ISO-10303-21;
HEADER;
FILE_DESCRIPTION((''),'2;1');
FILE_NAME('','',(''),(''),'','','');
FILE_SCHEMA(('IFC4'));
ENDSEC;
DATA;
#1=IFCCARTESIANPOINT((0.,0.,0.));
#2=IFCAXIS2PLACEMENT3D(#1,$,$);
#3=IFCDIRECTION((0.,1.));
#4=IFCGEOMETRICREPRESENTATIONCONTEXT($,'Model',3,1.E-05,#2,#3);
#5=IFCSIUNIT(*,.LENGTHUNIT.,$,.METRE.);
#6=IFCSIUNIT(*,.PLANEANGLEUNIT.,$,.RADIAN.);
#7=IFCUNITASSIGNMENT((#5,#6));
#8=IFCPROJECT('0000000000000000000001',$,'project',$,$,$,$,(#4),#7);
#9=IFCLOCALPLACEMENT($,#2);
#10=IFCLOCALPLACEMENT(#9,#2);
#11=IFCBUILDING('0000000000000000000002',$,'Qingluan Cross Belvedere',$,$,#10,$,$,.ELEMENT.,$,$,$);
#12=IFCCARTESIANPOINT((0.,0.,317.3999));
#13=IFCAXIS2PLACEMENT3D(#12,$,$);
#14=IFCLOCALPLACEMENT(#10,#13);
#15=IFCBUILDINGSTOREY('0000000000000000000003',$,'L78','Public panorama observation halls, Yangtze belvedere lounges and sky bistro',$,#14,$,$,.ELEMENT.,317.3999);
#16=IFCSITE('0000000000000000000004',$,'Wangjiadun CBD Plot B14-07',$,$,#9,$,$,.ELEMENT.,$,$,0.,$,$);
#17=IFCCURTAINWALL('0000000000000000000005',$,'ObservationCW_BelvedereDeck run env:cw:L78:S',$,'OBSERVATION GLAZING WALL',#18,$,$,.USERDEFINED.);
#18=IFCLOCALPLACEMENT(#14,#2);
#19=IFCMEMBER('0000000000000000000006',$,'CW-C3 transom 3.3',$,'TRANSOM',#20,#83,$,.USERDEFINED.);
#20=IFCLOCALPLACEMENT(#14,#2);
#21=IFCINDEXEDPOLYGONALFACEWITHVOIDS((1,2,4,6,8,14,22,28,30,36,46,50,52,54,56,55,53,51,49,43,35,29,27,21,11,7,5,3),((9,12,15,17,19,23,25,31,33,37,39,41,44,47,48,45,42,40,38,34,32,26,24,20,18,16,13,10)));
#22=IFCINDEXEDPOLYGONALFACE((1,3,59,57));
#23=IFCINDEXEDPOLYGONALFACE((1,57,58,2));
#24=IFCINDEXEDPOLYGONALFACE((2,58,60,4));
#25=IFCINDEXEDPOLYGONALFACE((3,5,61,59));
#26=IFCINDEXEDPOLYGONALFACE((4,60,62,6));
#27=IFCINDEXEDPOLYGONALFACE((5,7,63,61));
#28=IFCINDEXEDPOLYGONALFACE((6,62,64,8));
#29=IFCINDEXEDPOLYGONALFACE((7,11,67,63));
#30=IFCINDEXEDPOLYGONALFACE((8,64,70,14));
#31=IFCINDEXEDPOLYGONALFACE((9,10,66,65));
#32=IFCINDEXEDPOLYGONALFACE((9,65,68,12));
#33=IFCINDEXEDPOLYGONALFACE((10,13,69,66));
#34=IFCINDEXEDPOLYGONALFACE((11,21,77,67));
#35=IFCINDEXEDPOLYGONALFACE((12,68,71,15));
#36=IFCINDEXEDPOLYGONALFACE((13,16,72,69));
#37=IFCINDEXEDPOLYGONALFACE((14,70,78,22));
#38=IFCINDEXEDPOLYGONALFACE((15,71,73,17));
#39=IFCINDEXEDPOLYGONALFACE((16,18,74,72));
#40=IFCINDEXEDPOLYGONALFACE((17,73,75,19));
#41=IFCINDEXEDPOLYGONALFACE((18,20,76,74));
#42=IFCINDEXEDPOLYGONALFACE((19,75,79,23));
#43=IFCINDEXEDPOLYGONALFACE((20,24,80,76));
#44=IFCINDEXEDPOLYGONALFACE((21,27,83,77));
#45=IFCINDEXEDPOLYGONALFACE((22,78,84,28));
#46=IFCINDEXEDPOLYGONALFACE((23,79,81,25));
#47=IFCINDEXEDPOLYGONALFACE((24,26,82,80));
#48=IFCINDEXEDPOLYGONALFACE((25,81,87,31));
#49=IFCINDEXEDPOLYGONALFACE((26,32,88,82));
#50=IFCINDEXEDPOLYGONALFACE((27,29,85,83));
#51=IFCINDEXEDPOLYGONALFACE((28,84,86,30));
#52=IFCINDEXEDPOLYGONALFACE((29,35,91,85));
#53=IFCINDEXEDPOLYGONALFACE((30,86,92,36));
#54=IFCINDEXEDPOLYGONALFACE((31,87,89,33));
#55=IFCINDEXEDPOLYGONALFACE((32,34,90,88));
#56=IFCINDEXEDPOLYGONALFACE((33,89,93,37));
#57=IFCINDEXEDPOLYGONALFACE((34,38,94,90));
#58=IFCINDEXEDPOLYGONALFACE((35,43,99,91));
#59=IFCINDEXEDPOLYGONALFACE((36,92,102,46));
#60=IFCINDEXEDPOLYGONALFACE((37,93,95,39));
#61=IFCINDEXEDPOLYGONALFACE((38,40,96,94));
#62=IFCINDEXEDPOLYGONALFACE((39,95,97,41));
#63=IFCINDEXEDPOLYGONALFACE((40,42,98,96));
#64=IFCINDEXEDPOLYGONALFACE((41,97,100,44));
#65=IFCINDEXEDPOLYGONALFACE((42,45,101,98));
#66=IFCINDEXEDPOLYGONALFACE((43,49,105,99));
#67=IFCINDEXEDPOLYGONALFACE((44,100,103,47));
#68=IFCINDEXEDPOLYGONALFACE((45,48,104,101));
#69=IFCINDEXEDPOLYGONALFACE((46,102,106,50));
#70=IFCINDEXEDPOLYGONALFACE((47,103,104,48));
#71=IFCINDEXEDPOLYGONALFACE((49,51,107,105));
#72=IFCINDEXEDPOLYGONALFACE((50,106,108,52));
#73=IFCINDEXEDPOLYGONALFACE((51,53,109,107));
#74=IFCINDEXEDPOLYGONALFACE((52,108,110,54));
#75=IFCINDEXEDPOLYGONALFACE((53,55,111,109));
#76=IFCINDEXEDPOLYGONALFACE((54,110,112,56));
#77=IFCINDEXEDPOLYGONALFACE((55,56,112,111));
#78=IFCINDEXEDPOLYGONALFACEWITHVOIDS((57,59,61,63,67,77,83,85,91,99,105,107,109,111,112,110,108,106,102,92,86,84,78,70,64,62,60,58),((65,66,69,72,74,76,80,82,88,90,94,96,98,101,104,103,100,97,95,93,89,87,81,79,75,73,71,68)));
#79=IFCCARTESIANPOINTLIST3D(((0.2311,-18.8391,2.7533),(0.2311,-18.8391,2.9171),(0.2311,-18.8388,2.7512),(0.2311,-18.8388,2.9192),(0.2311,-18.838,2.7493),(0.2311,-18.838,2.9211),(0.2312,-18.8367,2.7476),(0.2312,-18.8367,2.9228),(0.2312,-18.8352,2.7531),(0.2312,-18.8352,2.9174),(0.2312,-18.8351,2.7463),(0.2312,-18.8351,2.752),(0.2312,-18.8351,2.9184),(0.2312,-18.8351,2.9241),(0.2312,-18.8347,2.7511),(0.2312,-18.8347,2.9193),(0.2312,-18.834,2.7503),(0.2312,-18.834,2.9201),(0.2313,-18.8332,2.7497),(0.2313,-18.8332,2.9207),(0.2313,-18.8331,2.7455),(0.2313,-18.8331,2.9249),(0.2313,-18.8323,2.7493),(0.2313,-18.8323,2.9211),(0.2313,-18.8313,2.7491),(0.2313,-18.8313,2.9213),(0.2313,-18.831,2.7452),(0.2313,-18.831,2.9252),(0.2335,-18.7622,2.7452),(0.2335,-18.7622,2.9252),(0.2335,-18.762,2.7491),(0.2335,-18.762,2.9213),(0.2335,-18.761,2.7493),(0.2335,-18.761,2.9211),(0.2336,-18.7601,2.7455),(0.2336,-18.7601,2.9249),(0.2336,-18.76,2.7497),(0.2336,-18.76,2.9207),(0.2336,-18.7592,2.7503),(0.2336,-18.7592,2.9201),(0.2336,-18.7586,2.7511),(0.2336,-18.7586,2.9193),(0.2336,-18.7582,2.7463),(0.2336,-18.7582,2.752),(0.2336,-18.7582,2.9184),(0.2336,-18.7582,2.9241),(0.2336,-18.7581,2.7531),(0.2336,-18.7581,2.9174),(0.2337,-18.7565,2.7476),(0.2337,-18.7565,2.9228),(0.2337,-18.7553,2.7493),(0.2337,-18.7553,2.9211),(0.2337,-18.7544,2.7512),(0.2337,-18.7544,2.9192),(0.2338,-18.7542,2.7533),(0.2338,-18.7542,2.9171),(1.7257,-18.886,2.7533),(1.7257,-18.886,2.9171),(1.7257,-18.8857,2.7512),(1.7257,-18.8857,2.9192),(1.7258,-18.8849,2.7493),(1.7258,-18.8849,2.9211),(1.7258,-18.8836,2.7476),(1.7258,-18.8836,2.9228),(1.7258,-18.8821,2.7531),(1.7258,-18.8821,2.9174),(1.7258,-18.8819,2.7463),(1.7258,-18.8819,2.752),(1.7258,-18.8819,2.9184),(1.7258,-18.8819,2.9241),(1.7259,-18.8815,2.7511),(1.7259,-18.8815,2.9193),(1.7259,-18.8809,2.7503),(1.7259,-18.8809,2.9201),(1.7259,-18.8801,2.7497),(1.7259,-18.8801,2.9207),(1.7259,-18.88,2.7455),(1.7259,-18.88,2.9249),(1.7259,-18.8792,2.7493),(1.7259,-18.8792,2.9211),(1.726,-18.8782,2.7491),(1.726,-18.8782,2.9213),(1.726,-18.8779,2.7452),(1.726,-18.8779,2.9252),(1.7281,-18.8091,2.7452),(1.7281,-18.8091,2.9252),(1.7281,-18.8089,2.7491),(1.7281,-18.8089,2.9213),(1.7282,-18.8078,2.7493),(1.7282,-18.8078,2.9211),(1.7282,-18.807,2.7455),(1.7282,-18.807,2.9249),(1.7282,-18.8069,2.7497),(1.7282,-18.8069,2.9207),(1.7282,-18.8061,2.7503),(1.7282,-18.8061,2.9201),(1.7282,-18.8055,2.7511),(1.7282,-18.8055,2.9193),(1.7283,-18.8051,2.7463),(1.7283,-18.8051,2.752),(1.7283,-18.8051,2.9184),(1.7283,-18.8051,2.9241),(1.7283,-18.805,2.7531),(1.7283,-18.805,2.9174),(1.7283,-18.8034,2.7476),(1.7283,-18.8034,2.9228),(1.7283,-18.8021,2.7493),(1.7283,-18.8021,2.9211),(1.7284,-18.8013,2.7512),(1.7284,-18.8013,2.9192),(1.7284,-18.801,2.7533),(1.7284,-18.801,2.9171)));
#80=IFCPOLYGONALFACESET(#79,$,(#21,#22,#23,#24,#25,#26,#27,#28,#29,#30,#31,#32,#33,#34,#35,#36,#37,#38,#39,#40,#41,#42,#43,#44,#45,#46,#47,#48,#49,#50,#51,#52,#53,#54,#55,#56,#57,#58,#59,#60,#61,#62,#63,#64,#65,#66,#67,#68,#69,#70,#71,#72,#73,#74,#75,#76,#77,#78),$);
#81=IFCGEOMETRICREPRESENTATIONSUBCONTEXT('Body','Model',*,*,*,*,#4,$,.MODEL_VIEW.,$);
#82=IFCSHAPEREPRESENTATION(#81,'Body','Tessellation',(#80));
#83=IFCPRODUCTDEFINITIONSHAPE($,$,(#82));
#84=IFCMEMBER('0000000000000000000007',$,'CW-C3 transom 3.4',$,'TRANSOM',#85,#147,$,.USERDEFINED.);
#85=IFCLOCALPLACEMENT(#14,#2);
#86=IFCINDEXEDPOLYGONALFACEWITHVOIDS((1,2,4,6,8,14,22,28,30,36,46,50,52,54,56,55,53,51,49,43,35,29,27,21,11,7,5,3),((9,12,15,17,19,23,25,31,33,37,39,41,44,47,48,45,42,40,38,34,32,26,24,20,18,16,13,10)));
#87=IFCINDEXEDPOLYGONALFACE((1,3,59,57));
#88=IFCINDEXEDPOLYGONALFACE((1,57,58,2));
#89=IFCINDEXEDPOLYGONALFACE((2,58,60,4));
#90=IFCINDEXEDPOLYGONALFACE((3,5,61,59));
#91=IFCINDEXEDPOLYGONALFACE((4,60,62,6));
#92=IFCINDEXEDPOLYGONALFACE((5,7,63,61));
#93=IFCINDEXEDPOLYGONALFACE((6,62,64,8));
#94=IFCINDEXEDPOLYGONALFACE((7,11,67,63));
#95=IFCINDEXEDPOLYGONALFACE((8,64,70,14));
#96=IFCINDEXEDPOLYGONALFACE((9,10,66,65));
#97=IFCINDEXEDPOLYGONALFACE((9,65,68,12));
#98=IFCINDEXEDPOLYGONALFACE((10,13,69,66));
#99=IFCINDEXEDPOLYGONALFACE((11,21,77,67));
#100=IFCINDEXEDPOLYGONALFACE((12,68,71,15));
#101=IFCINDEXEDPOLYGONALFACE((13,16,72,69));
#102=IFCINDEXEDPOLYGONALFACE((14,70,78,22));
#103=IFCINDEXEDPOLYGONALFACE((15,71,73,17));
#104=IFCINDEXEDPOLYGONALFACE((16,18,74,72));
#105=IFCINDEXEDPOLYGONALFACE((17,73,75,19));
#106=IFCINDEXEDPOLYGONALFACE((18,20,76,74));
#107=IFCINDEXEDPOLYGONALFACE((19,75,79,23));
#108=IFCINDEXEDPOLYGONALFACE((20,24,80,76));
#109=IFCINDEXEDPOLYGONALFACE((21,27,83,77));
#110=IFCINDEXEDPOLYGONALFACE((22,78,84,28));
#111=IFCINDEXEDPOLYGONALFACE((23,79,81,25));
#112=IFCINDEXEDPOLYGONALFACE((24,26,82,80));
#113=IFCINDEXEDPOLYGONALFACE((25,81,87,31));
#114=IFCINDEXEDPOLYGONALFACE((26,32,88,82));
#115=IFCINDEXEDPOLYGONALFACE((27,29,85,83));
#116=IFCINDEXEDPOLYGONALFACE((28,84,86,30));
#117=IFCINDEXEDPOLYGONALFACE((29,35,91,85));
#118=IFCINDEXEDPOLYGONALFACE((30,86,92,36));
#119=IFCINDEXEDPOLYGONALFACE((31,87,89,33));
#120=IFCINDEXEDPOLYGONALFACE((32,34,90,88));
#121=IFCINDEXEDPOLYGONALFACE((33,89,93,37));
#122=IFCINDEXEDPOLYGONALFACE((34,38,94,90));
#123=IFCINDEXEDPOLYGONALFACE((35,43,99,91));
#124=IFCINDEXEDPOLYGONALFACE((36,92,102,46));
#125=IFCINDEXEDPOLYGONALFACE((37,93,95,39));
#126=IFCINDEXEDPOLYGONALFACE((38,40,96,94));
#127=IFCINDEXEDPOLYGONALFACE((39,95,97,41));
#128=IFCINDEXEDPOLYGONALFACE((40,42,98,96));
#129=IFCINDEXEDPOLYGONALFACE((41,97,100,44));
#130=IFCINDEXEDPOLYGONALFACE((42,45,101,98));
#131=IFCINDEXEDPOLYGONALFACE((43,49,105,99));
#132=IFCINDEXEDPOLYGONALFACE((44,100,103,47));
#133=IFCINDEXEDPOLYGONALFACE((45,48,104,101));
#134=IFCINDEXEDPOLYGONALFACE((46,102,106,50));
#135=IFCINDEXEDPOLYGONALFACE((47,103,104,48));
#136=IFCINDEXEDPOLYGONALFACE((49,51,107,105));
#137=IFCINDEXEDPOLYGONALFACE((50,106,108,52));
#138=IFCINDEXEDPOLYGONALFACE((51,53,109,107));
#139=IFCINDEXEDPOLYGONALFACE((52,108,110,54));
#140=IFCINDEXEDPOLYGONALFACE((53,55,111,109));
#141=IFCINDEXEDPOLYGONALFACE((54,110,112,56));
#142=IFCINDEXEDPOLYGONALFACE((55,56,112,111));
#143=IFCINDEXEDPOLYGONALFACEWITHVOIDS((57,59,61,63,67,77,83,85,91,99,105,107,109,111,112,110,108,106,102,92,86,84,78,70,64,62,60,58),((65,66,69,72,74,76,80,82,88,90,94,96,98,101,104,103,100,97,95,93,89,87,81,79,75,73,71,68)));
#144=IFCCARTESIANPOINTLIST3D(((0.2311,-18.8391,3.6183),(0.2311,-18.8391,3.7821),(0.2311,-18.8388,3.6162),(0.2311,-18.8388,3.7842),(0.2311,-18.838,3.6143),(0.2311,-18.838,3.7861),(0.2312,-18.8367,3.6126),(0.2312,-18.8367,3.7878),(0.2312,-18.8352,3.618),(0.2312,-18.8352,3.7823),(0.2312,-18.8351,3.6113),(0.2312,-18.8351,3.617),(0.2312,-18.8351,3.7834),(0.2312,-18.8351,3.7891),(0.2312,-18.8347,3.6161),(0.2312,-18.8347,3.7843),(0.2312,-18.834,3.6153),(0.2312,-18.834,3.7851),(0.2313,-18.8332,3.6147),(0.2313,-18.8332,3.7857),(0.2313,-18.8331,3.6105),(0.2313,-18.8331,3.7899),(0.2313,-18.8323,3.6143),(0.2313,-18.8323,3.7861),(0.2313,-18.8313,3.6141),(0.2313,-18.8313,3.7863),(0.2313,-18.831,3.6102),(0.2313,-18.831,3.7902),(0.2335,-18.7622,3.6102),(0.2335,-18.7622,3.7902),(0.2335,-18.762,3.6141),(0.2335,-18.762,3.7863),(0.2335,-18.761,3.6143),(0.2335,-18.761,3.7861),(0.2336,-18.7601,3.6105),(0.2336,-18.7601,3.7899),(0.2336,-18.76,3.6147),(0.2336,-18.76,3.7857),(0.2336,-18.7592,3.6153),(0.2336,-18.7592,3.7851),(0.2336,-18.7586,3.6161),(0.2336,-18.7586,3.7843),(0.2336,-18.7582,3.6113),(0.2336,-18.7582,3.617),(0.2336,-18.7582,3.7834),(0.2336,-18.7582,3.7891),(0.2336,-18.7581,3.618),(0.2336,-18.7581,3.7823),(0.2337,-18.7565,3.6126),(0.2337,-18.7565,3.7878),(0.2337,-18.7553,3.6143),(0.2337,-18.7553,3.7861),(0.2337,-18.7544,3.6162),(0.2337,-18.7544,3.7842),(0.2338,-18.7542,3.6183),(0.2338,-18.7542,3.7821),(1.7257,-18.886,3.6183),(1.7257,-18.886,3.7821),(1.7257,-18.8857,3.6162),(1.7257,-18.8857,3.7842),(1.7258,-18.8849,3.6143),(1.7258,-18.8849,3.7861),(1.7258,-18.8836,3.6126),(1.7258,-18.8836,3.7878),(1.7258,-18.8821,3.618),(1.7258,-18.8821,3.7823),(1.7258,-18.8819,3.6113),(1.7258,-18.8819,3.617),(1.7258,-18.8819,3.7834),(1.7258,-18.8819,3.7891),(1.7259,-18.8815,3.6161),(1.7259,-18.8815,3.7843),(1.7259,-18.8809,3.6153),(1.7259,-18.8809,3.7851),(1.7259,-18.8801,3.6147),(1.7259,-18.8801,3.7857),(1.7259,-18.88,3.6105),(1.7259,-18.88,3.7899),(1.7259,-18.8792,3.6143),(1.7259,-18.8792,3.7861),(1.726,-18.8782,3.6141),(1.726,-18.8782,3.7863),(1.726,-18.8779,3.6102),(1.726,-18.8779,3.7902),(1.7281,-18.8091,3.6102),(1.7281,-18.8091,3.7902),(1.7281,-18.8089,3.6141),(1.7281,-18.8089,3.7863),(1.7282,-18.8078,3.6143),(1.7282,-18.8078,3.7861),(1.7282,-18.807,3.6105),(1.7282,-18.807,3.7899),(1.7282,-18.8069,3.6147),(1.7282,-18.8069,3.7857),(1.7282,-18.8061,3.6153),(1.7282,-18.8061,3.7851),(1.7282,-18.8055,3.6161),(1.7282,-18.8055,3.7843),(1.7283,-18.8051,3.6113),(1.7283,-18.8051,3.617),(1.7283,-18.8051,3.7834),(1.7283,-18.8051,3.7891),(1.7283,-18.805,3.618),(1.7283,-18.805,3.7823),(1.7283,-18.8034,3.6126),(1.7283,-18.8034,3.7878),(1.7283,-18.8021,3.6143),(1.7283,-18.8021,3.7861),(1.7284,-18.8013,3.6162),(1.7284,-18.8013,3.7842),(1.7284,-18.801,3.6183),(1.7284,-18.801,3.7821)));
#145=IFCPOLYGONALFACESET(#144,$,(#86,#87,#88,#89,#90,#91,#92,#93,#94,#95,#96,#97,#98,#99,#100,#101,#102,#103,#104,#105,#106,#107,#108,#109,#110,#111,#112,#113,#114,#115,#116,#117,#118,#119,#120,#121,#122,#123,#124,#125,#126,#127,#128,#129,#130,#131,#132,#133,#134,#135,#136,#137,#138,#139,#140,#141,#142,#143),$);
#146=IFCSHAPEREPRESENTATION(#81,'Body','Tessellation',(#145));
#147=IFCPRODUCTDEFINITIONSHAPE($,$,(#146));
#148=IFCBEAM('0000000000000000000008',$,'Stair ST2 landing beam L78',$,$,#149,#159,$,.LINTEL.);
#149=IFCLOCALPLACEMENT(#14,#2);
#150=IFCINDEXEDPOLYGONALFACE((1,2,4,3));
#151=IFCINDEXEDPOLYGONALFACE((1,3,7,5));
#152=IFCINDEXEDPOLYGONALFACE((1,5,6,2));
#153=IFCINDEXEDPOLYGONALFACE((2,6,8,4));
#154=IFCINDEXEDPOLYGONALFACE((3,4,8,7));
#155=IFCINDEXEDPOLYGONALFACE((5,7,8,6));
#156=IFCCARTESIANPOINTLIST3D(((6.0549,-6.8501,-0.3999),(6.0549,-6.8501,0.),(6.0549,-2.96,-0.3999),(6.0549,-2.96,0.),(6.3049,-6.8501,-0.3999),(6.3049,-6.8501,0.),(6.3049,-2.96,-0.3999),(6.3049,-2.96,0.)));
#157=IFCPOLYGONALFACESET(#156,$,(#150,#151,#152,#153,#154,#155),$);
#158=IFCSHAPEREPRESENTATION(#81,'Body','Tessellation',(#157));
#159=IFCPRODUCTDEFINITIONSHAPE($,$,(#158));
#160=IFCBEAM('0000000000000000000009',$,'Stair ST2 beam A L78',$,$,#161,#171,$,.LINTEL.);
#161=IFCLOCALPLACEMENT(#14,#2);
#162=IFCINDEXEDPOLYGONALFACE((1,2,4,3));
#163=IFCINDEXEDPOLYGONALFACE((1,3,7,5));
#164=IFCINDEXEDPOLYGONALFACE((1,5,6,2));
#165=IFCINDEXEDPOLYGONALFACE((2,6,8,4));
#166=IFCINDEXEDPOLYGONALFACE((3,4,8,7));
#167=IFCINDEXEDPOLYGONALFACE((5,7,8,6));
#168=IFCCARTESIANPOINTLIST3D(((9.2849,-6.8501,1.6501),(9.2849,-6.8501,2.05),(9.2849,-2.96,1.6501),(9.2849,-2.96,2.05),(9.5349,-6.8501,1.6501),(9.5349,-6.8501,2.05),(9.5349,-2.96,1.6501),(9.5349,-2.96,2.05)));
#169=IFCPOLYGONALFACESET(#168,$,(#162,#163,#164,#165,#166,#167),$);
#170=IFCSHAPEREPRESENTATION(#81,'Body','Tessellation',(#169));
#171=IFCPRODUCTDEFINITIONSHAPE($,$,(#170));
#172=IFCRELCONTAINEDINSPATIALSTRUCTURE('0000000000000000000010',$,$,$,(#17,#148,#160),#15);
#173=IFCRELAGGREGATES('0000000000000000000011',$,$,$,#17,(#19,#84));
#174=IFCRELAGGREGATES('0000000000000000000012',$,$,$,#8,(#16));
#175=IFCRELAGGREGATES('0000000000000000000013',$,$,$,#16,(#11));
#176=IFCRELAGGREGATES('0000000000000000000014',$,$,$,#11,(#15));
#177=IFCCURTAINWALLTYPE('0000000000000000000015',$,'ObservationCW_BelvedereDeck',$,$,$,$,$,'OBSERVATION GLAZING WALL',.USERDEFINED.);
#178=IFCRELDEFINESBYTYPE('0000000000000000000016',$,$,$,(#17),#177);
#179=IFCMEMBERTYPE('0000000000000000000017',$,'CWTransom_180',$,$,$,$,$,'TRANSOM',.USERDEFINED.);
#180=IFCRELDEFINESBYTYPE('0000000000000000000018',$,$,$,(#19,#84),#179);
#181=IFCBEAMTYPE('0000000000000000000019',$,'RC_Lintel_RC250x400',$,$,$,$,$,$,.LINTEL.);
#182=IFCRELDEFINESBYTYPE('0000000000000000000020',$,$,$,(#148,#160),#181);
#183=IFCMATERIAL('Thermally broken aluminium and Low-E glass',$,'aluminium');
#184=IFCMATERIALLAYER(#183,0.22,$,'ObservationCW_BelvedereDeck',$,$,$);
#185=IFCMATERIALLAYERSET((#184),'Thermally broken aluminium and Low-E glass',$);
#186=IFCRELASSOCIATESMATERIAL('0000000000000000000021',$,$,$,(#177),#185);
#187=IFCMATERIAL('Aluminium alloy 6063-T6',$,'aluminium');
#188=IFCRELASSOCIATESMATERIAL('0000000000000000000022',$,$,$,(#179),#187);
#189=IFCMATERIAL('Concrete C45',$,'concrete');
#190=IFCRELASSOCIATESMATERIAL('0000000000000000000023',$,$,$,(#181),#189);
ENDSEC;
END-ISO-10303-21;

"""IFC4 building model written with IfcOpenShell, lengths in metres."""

from ifc_helpers import new_model, si_unit, direction, frame, origin, origin_2d, place, context, subcontext, project, spatial, rectangle, hollow_rectangle, extrude, material, layer, layer_set, material_profile, profile_set, type_object, element, aggregate, save


model = new_model("IFC4")

# Units and contexts
model_context = context("Model", 3, precision=1e-05, world=origin(), true_north=direction((0.0, 1.0)))
body_context = subcontext(model_context, "Body", "Model", "MODEL_VIEW")
ifc_project = project(units=[si_unit("LENGTHUNIT", "METRE"), si_unit("PLANEANGLEUNIT", "RADIAN")], contexts=[model_context])

# Site, building, storey
site_placement = place(None, origin())
site = spatial("IfcSite", under=ifc_project, at=site_placement, Name="Wangjiadun CBD Plot B14-07", CompositionType="ELEMENT", RefElevation=0.0)
building_placement = place(site_placement, origin())
building = spatial("IfcBuilding", under=site, at=building_placement, Name="Qingluan Cross Belvedere", CompositionType="ELEMENT")
storey_placement = place(building_placement, frame((0.0, 0.0, 317.3999)))
storey = spatial("IfcBuildingStorey", under=building, at=storey_placement, Name="L78", Description="Public panorama observation halls, Yangtze belvedere lounges and sky bistro", CompositionType="ELEMENT", Elevation=317.3999)

# Curtain wall, members
ifc_material_1 = material(Name="Thermally broken aluminium and Low-E glass", Category="aluminium")
ifc_layer_1 = layer(ifc_material_1, 0.22, Name="ObservationCW_BelvedereDeck")
ifc_layer_set_1 = layer_set([ifc_layer_1], Name="Thermally broken aluminium and Low-E glass")
curtain_wall_type = type_object("IfcCurtainWallType", Name="ObservationCW_BelvedereDeck", ElementType="OBSERVATION GLAZING WALL", PredefinedType="USERDEFINED", material=ifc_layer_set_1)
curtain_wall_placement = place(storey_placement, origin())
curtain_wall = element("IfcCurtainWall", 1, at=curtain_wall_placement, inside=storey, type_object=curtain_wall_type, Name="ObservationCW_BelvedereDeck run env:cw:L78:S", ObjectType="OBSERVATION GLAZING WALL", PredefinedType="USERDEFINED")
ifc_material_2 = material(Name="Aluminium alloy 6063-T6", Category="aluminium")
ifc_material_profile_1 = material_profile(ifc_material_2, hollow_rectangle(XDim=0.085, YDim=0.1799, WallThickness=0.0039, InnerFilletRadius=0.0039, OuterFilletRadius=0.0081, at=origin_2d()), Name="CWT180x85x4")
ifc_profile_set_1 = profile_set([ifc_material_profile_1], Name="Aluminium alloy 6063-T6")
member_type_1 = type_object("IfcMemberType", Name="CWTransom_180", ElementType="TRANSOM", PredefinedType="USERDEFINED", material=ifc_profile_set_1)
member_1_placement = place(storey_placement, frame((0.2324, -18.7966, 2.8352), z_axis=(0.999509, -0.031347, 0.0), x_axis=(0.031347, 0.999509, 0.0)))
member_1 = element("IfcMember", 2, at=member_1_placement, type_object=member_type_1, Name="CW-C3 transom 3.3", ObjectType="TRANSOM", PredefinedType="USERDEFINED", context=body_context, shape_type="SweptSolid", body=[
    extrude(hollow_rectangle(XDim=0.085, YDim=0.1799, WallThickness=0.0039, InnerFilletRadius=0.0039, OuterFilletRadius=0.0081, at=origin_2d()), origin(), (0.0, 0.0, 1.0), 1.4954),
])
member_2_placement = place(storey_placement, frame((0.2324, -18.7966, 3.7002), z_axis=(0.999509, -0.031347, 0.0), x_axis=(0.031347, 0.999509, 0.0)))
member_2 = element("IfcMember", 3, at=member_2_placement, type_object=member_type_1, Name="CW-C3 transom 3.4", ObjectType="TRANSOM", PredefinedType="USERDEFINED", context=body_context, shape_type="SweptSolid", body=[
    extrude(hollow_rectangle(XDim=0.085, YDim=0.1799, WallThickness=0.0039, InnerFilletRadius=0.0039, OuterFilletRadius=0.0081, at=origin_2d()), origin(), (0.0, 0.0, 1.0), 1.4954),
])

# Beams
ifc_material_3 = material(Name="Concrete C45", Category="concrete")
ifc_material_profile_2 = material_profile(ifc_material_3, rectangle(XDim=0.25, YDim=0.3999, at=origin_2d()), Name="RC250x400")
ifc_profile_set_2 = profile_set([ifc_material_profile_2], Name="Concrete C45")
beam_type_1 = type_object("IfcBeamType", Name="RC_Lintel_RC250x400", PredefinedType="LINTEL", material=ifc_profile_set_2)
for number, where, z_axis, x_axis, name in (
    (4, (6.1799, -6.8501, -0.2), (0.0, 1.0, 0.0), (-1.0, 0.0, 0.0), "Stair ST2 landing beam L78"),
    (5, (9.4099, -6.8501, 1.8501), (0.0, 1.0, 0.0), (-1.0, 0.0, 0.0), "Stair ST2 beam A L78"),
):
    element("IfcBeam", number, at=place(storey_placement, frame(where, z_axis=z_axis, x_axis=x_axis)), inside=storey, type_object=beam_type_1, Name=name, PredefinedType="LINTEL", context=body_context, shape_type="SweptSolid", body=[
        extrude(rectangle(XDim=0.25, YDim=0.3999, at=origin_2d()), origin(), (0.0, 0.0, 1.0), 3.8901),
    ])

aggregate(curtain_wall, [member_1, member_2])

save(model, "model.ifc")
